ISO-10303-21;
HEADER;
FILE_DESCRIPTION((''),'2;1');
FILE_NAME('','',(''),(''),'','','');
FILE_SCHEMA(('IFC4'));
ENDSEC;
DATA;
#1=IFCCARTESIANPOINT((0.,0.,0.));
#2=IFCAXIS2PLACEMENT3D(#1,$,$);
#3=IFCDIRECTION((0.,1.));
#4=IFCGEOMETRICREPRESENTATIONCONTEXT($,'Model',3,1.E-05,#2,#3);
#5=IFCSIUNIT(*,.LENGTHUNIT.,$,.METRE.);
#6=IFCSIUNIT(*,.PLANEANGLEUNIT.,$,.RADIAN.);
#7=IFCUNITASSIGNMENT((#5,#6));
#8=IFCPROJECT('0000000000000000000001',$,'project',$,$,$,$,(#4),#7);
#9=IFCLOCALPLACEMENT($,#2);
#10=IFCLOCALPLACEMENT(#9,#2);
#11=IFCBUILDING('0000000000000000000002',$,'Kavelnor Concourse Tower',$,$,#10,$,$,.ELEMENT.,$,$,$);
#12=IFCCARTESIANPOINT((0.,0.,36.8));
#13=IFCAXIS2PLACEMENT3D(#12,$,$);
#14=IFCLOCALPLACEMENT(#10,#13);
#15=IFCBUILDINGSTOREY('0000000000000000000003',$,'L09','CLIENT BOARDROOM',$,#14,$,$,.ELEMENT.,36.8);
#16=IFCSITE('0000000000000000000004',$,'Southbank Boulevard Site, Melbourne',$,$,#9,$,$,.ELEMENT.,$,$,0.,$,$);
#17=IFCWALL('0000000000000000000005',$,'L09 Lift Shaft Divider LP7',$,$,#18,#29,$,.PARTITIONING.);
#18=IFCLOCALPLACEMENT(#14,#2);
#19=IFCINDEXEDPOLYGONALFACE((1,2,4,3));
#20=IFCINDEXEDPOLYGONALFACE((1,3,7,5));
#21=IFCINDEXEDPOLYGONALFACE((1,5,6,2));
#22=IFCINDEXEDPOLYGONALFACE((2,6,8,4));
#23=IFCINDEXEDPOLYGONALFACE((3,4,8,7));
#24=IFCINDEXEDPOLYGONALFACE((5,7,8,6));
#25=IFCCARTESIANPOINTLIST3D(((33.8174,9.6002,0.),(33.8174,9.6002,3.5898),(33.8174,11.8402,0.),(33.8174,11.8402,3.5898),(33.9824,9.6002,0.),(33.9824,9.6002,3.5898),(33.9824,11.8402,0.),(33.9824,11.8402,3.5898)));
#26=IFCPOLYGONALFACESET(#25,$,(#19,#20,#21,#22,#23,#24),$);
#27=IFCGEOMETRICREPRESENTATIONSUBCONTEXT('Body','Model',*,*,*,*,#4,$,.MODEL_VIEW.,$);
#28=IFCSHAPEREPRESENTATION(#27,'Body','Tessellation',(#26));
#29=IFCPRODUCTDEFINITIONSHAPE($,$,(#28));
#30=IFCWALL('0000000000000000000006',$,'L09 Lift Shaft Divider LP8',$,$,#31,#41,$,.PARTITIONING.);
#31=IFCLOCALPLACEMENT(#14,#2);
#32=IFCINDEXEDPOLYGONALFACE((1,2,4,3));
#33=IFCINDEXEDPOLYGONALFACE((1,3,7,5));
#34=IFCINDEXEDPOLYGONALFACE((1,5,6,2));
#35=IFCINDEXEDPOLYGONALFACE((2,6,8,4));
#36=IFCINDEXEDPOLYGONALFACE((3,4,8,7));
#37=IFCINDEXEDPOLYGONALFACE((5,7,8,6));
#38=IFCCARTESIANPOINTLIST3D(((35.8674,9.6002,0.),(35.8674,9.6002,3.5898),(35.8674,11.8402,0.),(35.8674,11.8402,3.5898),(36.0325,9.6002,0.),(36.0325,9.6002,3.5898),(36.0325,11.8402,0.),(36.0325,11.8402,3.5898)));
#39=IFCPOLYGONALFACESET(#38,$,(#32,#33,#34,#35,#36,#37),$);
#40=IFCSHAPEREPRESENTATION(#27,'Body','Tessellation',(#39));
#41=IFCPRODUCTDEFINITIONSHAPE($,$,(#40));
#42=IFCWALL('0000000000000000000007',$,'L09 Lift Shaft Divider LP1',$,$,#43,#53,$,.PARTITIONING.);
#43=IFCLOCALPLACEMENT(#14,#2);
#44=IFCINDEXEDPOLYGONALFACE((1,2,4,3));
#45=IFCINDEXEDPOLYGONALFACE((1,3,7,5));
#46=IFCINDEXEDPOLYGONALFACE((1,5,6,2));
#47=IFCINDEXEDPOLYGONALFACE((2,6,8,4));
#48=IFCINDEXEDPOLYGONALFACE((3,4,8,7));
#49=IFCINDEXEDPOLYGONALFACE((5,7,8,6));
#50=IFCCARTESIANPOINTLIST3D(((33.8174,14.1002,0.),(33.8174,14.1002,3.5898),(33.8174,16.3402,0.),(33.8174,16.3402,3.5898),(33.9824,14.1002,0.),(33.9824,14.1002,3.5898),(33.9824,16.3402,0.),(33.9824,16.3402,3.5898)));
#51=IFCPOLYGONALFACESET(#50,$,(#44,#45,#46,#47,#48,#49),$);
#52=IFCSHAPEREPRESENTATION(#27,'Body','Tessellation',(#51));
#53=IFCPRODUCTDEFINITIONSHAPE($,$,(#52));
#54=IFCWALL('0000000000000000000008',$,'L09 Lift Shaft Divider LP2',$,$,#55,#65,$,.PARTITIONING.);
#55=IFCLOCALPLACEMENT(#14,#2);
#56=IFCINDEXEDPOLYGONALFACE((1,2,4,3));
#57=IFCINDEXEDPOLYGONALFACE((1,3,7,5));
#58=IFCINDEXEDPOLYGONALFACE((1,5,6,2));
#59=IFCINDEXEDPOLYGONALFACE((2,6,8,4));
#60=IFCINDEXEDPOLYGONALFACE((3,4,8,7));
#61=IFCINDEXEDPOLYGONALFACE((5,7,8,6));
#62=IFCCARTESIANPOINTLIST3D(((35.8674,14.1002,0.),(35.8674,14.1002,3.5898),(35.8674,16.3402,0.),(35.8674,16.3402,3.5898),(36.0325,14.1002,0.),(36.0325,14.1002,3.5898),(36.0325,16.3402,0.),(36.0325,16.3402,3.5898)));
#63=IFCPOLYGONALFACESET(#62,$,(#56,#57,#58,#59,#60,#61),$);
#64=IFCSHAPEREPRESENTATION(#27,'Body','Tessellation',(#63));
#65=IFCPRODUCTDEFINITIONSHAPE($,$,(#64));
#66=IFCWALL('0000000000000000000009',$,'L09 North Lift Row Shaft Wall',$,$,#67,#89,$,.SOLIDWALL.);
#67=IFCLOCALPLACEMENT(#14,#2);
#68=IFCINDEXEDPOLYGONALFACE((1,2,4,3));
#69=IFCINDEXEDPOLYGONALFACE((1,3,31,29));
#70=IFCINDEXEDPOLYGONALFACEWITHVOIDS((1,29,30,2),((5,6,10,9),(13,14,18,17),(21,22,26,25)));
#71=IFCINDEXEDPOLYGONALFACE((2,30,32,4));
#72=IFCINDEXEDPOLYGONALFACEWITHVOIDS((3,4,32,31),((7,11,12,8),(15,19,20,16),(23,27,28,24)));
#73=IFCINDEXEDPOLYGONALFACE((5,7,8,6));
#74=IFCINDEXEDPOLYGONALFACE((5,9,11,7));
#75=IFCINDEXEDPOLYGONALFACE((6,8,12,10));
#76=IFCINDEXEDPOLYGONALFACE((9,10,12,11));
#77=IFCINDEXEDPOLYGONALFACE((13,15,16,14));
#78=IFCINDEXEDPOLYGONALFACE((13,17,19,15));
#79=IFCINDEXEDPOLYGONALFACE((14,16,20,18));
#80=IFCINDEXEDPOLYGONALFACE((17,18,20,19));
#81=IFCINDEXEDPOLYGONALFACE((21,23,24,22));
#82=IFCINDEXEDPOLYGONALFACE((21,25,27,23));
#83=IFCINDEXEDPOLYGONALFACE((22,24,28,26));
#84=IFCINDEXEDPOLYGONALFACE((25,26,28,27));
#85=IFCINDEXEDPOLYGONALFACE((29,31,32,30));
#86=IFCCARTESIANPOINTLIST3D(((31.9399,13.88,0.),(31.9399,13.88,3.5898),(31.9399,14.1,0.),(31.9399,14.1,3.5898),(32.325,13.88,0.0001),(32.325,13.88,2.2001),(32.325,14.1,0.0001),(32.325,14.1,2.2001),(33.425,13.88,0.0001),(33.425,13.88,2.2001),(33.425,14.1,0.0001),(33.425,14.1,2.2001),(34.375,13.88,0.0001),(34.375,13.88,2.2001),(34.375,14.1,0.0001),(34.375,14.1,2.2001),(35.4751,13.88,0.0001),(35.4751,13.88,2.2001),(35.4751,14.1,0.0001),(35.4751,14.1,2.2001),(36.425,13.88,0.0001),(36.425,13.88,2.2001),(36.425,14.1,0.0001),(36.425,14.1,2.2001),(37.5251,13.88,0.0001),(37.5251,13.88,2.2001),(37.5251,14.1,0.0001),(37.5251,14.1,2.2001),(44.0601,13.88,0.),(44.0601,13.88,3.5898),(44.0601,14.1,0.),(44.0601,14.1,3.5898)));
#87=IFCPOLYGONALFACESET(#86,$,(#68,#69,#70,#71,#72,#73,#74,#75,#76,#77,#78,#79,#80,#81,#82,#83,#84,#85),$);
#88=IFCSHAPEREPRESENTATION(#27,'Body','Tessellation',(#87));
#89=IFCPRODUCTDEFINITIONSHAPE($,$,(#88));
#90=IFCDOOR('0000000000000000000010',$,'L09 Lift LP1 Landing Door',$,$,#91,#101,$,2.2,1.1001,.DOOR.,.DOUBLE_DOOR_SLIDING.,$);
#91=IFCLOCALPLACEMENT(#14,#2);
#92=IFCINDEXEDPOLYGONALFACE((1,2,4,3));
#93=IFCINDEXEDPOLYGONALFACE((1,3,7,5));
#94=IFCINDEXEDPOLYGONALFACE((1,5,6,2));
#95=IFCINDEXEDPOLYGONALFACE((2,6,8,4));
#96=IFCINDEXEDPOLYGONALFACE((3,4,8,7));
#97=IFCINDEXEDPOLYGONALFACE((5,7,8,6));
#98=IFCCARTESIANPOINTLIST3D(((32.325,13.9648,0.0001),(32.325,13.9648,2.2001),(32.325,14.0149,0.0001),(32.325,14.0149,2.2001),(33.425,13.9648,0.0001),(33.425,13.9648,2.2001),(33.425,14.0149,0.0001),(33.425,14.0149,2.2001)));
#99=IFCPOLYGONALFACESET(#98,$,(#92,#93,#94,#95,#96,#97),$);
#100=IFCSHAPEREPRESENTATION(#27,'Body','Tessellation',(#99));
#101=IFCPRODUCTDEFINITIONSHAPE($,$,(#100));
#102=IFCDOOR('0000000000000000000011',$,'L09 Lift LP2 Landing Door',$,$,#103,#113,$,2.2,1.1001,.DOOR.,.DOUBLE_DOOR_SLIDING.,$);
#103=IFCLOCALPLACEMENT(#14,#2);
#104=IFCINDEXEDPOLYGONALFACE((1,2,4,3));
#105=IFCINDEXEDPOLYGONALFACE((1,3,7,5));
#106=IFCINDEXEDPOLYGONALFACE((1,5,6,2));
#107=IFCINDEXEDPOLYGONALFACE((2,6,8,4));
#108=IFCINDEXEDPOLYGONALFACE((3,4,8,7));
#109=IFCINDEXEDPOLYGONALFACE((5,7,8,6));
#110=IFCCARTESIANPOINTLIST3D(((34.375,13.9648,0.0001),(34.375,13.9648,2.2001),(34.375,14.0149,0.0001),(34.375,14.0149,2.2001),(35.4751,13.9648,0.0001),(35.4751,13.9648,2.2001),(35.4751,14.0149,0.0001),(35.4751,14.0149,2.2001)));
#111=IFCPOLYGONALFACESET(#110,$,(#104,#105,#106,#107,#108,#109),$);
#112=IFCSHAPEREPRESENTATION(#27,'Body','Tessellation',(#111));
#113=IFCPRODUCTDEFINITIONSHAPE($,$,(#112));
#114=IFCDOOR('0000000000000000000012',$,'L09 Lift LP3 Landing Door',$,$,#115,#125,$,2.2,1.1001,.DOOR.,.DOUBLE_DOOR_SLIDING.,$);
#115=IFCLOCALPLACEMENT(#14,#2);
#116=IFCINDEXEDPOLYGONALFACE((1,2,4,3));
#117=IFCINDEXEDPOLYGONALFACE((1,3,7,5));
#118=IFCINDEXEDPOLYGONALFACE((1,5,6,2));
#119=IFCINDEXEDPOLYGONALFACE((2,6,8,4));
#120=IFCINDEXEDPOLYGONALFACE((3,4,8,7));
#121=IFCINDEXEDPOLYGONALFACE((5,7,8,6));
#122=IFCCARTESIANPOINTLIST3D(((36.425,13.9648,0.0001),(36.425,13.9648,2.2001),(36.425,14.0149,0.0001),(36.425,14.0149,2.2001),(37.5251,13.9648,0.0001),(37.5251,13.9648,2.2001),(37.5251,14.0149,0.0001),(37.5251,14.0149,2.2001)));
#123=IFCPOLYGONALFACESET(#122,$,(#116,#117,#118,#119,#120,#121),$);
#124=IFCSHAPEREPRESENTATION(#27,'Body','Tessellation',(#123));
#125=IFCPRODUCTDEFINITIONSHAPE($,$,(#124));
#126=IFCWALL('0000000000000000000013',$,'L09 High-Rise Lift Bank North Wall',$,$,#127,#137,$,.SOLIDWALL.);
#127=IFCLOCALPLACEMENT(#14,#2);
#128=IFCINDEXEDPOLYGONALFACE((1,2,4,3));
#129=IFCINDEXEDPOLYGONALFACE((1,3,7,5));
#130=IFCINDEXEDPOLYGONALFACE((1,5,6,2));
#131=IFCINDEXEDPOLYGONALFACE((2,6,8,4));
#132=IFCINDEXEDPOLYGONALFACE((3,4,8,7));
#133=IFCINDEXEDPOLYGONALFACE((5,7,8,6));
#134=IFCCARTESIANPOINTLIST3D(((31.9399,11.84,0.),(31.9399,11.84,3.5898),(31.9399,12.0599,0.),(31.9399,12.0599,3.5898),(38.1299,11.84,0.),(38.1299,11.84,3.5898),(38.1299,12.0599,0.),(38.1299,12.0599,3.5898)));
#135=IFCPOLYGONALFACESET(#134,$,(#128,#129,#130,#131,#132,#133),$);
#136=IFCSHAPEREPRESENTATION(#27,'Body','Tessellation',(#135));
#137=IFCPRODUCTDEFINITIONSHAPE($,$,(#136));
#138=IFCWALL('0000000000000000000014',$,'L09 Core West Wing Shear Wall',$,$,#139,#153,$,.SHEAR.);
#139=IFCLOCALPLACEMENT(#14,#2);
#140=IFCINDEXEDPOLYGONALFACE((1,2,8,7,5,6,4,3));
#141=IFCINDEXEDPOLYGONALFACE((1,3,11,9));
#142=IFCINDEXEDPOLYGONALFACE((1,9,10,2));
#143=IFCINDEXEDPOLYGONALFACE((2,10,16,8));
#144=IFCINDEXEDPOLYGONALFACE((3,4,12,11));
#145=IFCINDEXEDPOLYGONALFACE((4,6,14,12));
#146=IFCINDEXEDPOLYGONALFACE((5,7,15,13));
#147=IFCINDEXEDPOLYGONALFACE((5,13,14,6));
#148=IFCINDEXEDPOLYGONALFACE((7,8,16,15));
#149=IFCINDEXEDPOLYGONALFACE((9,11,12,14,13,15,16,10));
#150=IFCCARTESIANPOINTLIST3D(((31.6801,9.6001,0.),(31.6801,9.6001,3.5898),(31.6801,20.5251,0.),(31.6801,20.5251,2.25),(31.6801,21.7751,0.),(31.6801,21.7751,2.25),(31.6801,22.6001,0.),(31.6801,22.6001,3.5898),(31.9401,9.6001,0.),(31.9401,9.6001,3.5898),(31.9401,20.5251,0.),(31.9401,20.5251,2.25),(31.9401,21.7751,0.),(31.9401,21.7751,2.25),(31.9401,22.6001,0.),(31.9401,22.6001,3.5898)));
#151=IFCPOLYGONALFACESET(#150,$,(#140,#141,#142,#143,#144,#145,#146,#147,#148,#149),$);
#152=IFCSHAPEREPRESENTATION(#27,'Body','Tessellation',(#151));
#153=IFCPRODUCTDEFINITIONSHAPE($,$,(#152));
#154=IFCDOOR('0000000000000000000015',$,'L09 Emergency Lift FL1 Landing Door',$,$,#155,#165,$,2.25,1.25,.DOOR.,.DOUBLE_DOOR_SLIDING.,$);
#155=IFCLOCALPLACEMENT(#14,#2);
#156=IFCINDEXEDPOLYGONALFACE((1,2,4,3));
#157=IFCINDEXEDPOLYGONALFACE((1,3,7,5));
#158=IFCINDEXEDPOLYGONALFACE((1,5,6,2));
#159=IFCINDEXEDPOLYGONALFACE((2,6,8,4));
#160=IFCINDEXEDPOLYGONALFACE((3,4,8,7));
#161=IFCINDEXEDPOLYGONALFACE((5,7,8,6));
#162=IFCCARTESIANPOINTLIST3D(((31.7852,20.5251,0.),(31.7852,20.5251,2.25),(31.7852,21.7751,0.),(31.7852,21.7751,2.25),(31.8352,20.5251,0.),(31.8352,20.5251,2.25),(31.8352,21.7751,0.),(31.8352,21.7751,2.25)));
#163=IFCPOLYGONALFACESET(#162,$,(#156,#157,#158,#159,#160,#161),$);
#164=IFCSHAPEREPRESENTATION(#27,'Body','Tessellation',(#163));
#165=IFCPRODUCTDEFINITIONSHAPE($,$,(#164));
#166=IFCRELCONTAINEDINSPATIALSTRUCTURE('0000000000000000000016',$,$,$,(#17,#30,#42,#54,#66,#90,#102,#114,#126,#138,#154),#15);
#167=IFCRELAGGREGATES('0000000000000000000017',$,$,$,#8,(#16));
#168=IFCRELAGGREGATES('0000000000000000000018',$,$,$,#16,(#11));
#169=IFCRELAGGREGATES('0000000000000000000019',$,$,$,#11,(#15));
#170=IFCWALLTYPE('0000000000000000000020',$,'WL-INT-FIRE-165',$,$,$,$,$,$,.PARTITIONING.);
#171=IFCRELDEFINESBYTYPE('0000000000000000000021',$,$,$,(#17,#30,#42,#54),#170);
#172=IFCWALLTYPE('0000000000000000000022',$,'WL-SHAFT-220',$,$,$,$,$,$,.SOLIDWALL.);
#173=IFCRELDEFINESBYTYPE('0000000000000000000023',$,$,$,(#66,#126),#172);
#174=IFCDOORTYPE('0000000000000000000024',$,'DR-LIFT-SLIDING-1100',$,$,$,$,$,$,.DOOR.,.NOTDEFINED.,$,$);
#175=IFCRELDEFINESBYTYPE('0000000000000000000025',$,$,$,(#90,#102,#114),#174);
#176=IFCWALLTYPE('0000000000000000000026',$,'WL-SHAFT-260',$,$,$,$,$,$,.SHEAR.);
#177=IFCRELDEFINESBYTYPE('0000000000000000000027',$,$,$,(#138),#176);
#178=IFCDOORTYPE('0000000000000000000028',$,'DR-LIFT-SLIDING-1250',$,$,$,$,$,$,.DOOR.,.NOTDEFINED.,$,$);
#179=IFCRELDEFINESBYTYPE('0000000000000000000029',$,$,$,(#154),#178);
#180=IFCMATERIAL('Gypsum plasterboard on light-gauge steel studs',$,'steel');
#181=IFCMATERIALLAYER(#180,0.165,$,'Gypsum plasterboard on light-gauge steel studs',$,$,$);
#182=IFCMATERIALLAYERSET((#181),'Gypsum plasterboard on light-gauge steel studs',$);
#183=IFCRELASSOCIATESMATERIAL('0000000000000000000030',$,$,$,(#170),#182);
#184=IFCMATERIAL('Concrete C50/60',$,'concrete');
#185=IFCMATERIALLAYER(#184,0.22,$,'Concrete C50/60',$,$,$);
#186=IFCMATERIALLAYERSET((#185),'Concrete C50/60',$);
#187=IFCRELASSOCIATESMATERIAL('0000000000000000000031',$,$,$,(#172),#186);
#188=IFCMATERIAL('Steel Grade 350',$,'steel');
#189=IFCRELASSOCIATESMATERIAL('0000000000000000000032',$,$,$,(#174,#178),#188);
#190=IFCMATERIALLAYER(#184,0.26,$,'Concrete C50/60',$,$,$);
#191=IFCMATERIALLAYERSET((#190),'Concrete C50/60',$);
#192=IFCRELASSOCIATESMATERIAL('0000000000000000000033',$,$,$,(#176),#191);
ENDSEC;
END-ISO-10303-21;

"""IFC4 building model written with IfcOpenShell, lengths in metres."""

from ifc_helpers import new_model, si_unit, direction, frame, frame_2d, origin, place, context, subcontext, project, spatial, rectangle, extrude, material, layer, layer_set, type_object, element, fill, save


model = new_model("IFC4")

# Units and contexts
model_context = context("Model", 3, precision=1e-05, world=origin(), true_north=direction((0.0, 1.0)))
body_context = subcontext(model_context, "Body", "Model", "MODEL_VIEW")
ifc_project = project(units=[si_unit("LENGTHUNIT", "METRE"), si_unit("PLANEANGLEUNIT", "RADIAN")], contexts=[model_context])

# Site, building, storey
site_placement = place(None, origin())
site = spatial("IfcSite", under=ifc_project, at=site_placement, Name="Southbank Boulevard Site, Melbourne", CompositionType="ELEMENT", RefElevation=0.0)
building_placement = place(site_placement, origin())
building = spatial("IfcBuilding", under=site, at=building_placement, Name="Kavelnor Concourse Tower", CompositionType="ELEMENT")
storey_placement = place(building_placement, frame((0.0, 0.0, 36.8)))
storey = spatial("IfcBuildingStorey", under=building, at=storey_placement, Name="L09", Description="CLIENT BOARDROOM", CompositionType="ELEMENT", Elevation=36.8)

# Shared definitions
ifc_material_1 = material(Name="Steel Grade 350", Category="steel")

# Walls
ifc_material_2 = material(Name="Gypsum plasterboard on light-gauge steel studs", Category="steel")
ifc_layer_1 = layer(ifc_material_2, 0.165, Name="Gypsum plasterboard on light-gauge steel studs")
ifc_layer_set_1 = layer_set([ifc_layer_1], Name="Gypsum plasterboard on light-gauge steel studs")
wall_type_1 = type_object("IfcWallType", Name="WL-INT-FIRE-165", PredefinedType="PARTITIONING", material=ifc_layer_set_1)
for number, where, z_axis, x_axis, name in (
    (1, (33.8999, 9.6001, 0.0), (0.0, 0.0, 1.0), (0.0, 1.0, 0.0), "L09 Lift Shaft Divider LP7"),
    (2, (35.95, 9.6001, 0.0), (0.0, 0.0, 1.0), (0.0, 1.0, 0.0), "L09 Lift Shaft Divider LP8"),
    (3, (33.8999, 14.1001, 0.0), (0.0, 0.0, 1.0), (0.0, 1.0, 0.0), "L09 Lift Shaft Divider LP1"),
    (4, (35.95, 14.1001, 0.0), (0.0, 0.0, 1.0), (0.0, 1.0, 0.0), "L09 Lift Shaft Divider LP2"),
):
    element("IfcWall", number, at=place(storey_placement, frame(where, z_axis=z_axis, x_axis=x_axis)), inside=storey, type_object=wall_type_1, Name=name, PredefinedType="PARTITIONING", context=body_context, shape_type="SweptSolid", body=[
        extrude(rectangle(XDim=2.24, YDim=0.165, at=frame_2d((1.1201, 0.0))), origin(), (0.0, 0.0, 1.0), 3.5898),
    ])

# Wall, openings, doors
ifc_material_3 = material(Name="Concrete C50/60", Category="concrete")
ifc_layer_2 = layer(ifc_material_3, 0.22, Name="Concrete C50/60")
ifc_layer_set_2 = layer_set([ifc_layer_2], Name="Concrete C50/60")
wall_type_2 = type_object("IfcWallType", Name="WL-SHAFT-220", PredefinedType="SOLIDWALL", material=ifc_layer_set_2)
wall_1_placement = place(storey_placement, frame((31.9399, 13.99, 0.0), z_axis=(0.0, 0.0, 1.0), x_axis=(1.0, 0.0, 0.0)))
wall_1 = element("IfcWall", 5, at=wall_1_placement, inside=storey, type_object=wall_type_2, Name="L09 North Lift Row Shaft Wall", PredefinedType="SOLIDWALL", context=body_context, shape_type="SweptSolid", body=[
    extrude(rectangle(XDim=12.1201, YDim=0.22, at=frame_2d((6.0601, 0.0))), origin(), (0.0, 0.0, 1.0), 3.5898),
])
opening_1_placement = place(wall_1_placement, frame((0.385, 0.0, 0.0)))
opening_1 = element("IfcOpeningElement", 6, at=opening_1_placement, cuts=wall_1, PredefinedType="OPENING", context=body_context, shape_type="SweptSolid", body=[
    extrude(rectangle(XDim=1.1001, YDim=2.2, at=frame_2d((0.55, 1.1001))), frame((0.0, 0.1201, 0.0), z_axis=(0.0, -1.0, 0.0), x_axis=(1.0, 0.0, 0.0)), (0.0, 0.0, 1.0), 0.24),
])
opening_2_placement = place(wall_1_placement, frame((2.4351, 0.0, 0.0)))
opening_2 = element("IfcOpeningElement", 7, at=opening_2_placement, cuts=wall_1, PredefinedType="OPENING", context=body_context, shape_type="SweptSolid", body=[
    extrude(rectangle(XDim=1.1001, YDim=2.2, at=frame_2d((0.55, 1.1001))), frame((0.0, 0.1201, 0.0), z_axis=(0.0, -1.0, 0.0), x_axis=(1.0, 0.0, 0.0)), (0.0, 0.0, 1.0), 0.24),
])
opening_3_placement = place(wall_1_placement, frame((4.4851, 0.0, 0.0)))
opening_3 = element("IfcOpeningElement", 8, at=opening_3_placement, cuts=wall_1, PredefinedType="OPENING", context=body_context, shape_type="SweptSolid", body=[
    extrude(rectangle(XDim=1.1001, YDim=2.2, at=frame_2d((0.55, 1.1001))), frame((0.0, 0.1201, 0.0), z_axis=(0.0, -1.0, 0.0), x_axis=(1.0, 0.0, 0.0)), (0.0, 0.0, 1.0), 0.24),
])
door_type_1 = type_object("IfcDoorType", Name="DR-LIFT-SLIDING-1100", OperationType="NOTDEFINED", PredefinedType="DOOR", material=ifc_material_1)
door_1_placement = place(opening_1_placement, origin())
door_1 = element("IfcDoor", 9, at=door_1_placement, inside=storey, type_object=door_type_1, Name="L09 Lift LP1 Landing Door", OperationType="DOUBLE_DOOR_SLIDING", OverallHeight=2.2, OverallWidth=1.1001, PredefinedType="DOOR", context=body_context, shape_type="SweptSolid", body=[
    extrude(rectangle(XDim=1.1001, YDim=2.2, at=frame_2d((0.55, 1.1001))), frame((0.0, 0.0249, 0.0), z_axis=(0.0, -1.0, 0.0), x_axis=(1.0, 0.0, 0.0)), (0.0, 0.0, 1.0), 0.05),
])
fill(opening_1, door_1)
door_2_placement = place(opening_2_placement, origin())
door_2 = element("IfcDoor", 10, at=door_2_placement, inside=storey, type_object=door_type_1, Name="L09 Lift LP2 Landing Door", OperationType="DOUBLE_DOOR_SLIDING", OverallHeight=2.2, OverallWidth=1.1001, PredefinedType="DOOR", context=body_context, shape_type="SweptSolid", body=[
    extrude(rectangle(XDim=1.1001, YDim=2.2, at=frame_2d((0.55, 1.1001))), frame((0.0, 0.0249, 0.0), z_axis=(0.0, -1.0, 0.0), x_axis=(1.0, 0.0, 0.0)), (0.0, 0.0, 1.0), 0.05),
])
fill(opening_2, door_2)
door_3_placement = place(opening_3_placement, origin())
door_3 = element("IfcDoor", 11, at=door_3_placement, inside=storey, type_object=door_type_1, Name="L09 Lift LP3 Landing Door", OperationType="DOUBLE_DOOR_SLIDING", OverallHeight=2.2, OverallWidth=1.1001, PredefinedType="DOOR", context=body_context, shape_type="SweptSolid", body=[
    extrude(rectangle(XDim=1.1001, YDim=2.2, at=frame_2d((0.55, 1.1001))), frame((0.0, 0.0249, 0.0), z_axis=(0.0, -1.0, 0.0), x_axis=(1.0, 0.0, 0.0)), (0.0, 0.0, 1.0), 0.05),
])
fill(opening_3, door_3)

# Wall
wall_2_placement = place(storey_placement, frame((31.9399, 11.95, 0.0), z_axis=(0.0, 0.0, 1.0), x_axis=(1.0, 0.0, 0.0)))
element("IfcWall", 12, at=wall_2_placement, inside=storey, type_object=wall_type_2, Name="L09 High-Rise Lift Bank North Wall", PredefinedType="SOLIDWALL", context=body_context, shape_type="SweptSolid", body=[
    extrude(rectangle(XDim=6.1899, YDim=0.22, at=frame_2d((3.095, 0.0))), origin(), (0.0, 0.0, 1.0), 3.5898),
])

# Wall, opening, door
ifc_layer_3 = layer(ifc_material_3, 0.26, Name="Concrete C50/60")
ifc_layer_set_3 = layer_set([ifc_layer_3], Name="Concrete C50/60")
wall_type_3 = type_object("IfcWallType", Name="WL-SHAFT-260", PredefinedType="SHEAR", material=ifc_layer_set_3)
wall_3_placement = place(storey_placement, frame((31.8101, 9.6001, 0.0), z_axis=(0.0, 0.0, 1.0), x_axis=(0.0, 1.0, 0.0)))
wall_3 = element("IfcWall", 13, at=wall_3_placement, inside=storey, type_object=wall_type_3, Name="L09 Core West Wing Shear Wall", PredefinedType="SHEAR", context=body_context, shape_type="SweptSolid", body=[
    extrude(rectangle(XDim=13.0, YDim=0.26, at=frame_2d((6.5, 0.0))), origin(), (0.0, 0.0, 1.0), 3.5898),
])
opening_4_placement = place(wall_3_placement, frame((10.925, 0.0, 0.0)))
opening_4 = element("IfcOpeningElement", 14, at=opening_4_placement, cuts=wall_3, PredefinedType="OPENING", context=body_context, shape_type="SweptSolid", body=[
    extrude(rectangle(XDim=1.25, YDim=2.25, at=frame_2d((0.625, 1.125))), frame((0.0, 0.1401, 0.0), z_axis=(0.0, -1.0, 0.0), x_axis=(1.0, 0.0, 0.0)), (0.0, 0.0, 1.0), 0.28),
])
door_type_2 = type_object("IfcDoorType", Name="DR-LIFT-SLIDING-1250", OperationType="NOTDEFINED", PredefinedType="DOOR", material=ifc_material_1)
door_4_placement = place(opening_4_placement, origin())
door_4 = element("IfcDoor", 15, at=door_4_placement, inside=storey, type_object=door_type_2, Name="L09 Emergency Lift FL1 Landing Door", OperationType="DOUBLE_DOOR_SLIDING", OverallHeight=2.25, OverallWidth=1.25, PredefinedType="DOOR", context=body_context, shape_type="SweptSolid", body=[
    extrude(rectangle(XDim=1.25, YDim=2.25, at=frame_2d((0.625, 1.125))), frame((0.0, 0.0249, 0.0), z_axis=(0.0, -1.0, 0.0), x_axis=(1.0, 0.0, 0.0)), (0.0, 0.0, 1.0), 0.05),
])
fill(opening_4, door_4)

save(model, "model.ifc")
